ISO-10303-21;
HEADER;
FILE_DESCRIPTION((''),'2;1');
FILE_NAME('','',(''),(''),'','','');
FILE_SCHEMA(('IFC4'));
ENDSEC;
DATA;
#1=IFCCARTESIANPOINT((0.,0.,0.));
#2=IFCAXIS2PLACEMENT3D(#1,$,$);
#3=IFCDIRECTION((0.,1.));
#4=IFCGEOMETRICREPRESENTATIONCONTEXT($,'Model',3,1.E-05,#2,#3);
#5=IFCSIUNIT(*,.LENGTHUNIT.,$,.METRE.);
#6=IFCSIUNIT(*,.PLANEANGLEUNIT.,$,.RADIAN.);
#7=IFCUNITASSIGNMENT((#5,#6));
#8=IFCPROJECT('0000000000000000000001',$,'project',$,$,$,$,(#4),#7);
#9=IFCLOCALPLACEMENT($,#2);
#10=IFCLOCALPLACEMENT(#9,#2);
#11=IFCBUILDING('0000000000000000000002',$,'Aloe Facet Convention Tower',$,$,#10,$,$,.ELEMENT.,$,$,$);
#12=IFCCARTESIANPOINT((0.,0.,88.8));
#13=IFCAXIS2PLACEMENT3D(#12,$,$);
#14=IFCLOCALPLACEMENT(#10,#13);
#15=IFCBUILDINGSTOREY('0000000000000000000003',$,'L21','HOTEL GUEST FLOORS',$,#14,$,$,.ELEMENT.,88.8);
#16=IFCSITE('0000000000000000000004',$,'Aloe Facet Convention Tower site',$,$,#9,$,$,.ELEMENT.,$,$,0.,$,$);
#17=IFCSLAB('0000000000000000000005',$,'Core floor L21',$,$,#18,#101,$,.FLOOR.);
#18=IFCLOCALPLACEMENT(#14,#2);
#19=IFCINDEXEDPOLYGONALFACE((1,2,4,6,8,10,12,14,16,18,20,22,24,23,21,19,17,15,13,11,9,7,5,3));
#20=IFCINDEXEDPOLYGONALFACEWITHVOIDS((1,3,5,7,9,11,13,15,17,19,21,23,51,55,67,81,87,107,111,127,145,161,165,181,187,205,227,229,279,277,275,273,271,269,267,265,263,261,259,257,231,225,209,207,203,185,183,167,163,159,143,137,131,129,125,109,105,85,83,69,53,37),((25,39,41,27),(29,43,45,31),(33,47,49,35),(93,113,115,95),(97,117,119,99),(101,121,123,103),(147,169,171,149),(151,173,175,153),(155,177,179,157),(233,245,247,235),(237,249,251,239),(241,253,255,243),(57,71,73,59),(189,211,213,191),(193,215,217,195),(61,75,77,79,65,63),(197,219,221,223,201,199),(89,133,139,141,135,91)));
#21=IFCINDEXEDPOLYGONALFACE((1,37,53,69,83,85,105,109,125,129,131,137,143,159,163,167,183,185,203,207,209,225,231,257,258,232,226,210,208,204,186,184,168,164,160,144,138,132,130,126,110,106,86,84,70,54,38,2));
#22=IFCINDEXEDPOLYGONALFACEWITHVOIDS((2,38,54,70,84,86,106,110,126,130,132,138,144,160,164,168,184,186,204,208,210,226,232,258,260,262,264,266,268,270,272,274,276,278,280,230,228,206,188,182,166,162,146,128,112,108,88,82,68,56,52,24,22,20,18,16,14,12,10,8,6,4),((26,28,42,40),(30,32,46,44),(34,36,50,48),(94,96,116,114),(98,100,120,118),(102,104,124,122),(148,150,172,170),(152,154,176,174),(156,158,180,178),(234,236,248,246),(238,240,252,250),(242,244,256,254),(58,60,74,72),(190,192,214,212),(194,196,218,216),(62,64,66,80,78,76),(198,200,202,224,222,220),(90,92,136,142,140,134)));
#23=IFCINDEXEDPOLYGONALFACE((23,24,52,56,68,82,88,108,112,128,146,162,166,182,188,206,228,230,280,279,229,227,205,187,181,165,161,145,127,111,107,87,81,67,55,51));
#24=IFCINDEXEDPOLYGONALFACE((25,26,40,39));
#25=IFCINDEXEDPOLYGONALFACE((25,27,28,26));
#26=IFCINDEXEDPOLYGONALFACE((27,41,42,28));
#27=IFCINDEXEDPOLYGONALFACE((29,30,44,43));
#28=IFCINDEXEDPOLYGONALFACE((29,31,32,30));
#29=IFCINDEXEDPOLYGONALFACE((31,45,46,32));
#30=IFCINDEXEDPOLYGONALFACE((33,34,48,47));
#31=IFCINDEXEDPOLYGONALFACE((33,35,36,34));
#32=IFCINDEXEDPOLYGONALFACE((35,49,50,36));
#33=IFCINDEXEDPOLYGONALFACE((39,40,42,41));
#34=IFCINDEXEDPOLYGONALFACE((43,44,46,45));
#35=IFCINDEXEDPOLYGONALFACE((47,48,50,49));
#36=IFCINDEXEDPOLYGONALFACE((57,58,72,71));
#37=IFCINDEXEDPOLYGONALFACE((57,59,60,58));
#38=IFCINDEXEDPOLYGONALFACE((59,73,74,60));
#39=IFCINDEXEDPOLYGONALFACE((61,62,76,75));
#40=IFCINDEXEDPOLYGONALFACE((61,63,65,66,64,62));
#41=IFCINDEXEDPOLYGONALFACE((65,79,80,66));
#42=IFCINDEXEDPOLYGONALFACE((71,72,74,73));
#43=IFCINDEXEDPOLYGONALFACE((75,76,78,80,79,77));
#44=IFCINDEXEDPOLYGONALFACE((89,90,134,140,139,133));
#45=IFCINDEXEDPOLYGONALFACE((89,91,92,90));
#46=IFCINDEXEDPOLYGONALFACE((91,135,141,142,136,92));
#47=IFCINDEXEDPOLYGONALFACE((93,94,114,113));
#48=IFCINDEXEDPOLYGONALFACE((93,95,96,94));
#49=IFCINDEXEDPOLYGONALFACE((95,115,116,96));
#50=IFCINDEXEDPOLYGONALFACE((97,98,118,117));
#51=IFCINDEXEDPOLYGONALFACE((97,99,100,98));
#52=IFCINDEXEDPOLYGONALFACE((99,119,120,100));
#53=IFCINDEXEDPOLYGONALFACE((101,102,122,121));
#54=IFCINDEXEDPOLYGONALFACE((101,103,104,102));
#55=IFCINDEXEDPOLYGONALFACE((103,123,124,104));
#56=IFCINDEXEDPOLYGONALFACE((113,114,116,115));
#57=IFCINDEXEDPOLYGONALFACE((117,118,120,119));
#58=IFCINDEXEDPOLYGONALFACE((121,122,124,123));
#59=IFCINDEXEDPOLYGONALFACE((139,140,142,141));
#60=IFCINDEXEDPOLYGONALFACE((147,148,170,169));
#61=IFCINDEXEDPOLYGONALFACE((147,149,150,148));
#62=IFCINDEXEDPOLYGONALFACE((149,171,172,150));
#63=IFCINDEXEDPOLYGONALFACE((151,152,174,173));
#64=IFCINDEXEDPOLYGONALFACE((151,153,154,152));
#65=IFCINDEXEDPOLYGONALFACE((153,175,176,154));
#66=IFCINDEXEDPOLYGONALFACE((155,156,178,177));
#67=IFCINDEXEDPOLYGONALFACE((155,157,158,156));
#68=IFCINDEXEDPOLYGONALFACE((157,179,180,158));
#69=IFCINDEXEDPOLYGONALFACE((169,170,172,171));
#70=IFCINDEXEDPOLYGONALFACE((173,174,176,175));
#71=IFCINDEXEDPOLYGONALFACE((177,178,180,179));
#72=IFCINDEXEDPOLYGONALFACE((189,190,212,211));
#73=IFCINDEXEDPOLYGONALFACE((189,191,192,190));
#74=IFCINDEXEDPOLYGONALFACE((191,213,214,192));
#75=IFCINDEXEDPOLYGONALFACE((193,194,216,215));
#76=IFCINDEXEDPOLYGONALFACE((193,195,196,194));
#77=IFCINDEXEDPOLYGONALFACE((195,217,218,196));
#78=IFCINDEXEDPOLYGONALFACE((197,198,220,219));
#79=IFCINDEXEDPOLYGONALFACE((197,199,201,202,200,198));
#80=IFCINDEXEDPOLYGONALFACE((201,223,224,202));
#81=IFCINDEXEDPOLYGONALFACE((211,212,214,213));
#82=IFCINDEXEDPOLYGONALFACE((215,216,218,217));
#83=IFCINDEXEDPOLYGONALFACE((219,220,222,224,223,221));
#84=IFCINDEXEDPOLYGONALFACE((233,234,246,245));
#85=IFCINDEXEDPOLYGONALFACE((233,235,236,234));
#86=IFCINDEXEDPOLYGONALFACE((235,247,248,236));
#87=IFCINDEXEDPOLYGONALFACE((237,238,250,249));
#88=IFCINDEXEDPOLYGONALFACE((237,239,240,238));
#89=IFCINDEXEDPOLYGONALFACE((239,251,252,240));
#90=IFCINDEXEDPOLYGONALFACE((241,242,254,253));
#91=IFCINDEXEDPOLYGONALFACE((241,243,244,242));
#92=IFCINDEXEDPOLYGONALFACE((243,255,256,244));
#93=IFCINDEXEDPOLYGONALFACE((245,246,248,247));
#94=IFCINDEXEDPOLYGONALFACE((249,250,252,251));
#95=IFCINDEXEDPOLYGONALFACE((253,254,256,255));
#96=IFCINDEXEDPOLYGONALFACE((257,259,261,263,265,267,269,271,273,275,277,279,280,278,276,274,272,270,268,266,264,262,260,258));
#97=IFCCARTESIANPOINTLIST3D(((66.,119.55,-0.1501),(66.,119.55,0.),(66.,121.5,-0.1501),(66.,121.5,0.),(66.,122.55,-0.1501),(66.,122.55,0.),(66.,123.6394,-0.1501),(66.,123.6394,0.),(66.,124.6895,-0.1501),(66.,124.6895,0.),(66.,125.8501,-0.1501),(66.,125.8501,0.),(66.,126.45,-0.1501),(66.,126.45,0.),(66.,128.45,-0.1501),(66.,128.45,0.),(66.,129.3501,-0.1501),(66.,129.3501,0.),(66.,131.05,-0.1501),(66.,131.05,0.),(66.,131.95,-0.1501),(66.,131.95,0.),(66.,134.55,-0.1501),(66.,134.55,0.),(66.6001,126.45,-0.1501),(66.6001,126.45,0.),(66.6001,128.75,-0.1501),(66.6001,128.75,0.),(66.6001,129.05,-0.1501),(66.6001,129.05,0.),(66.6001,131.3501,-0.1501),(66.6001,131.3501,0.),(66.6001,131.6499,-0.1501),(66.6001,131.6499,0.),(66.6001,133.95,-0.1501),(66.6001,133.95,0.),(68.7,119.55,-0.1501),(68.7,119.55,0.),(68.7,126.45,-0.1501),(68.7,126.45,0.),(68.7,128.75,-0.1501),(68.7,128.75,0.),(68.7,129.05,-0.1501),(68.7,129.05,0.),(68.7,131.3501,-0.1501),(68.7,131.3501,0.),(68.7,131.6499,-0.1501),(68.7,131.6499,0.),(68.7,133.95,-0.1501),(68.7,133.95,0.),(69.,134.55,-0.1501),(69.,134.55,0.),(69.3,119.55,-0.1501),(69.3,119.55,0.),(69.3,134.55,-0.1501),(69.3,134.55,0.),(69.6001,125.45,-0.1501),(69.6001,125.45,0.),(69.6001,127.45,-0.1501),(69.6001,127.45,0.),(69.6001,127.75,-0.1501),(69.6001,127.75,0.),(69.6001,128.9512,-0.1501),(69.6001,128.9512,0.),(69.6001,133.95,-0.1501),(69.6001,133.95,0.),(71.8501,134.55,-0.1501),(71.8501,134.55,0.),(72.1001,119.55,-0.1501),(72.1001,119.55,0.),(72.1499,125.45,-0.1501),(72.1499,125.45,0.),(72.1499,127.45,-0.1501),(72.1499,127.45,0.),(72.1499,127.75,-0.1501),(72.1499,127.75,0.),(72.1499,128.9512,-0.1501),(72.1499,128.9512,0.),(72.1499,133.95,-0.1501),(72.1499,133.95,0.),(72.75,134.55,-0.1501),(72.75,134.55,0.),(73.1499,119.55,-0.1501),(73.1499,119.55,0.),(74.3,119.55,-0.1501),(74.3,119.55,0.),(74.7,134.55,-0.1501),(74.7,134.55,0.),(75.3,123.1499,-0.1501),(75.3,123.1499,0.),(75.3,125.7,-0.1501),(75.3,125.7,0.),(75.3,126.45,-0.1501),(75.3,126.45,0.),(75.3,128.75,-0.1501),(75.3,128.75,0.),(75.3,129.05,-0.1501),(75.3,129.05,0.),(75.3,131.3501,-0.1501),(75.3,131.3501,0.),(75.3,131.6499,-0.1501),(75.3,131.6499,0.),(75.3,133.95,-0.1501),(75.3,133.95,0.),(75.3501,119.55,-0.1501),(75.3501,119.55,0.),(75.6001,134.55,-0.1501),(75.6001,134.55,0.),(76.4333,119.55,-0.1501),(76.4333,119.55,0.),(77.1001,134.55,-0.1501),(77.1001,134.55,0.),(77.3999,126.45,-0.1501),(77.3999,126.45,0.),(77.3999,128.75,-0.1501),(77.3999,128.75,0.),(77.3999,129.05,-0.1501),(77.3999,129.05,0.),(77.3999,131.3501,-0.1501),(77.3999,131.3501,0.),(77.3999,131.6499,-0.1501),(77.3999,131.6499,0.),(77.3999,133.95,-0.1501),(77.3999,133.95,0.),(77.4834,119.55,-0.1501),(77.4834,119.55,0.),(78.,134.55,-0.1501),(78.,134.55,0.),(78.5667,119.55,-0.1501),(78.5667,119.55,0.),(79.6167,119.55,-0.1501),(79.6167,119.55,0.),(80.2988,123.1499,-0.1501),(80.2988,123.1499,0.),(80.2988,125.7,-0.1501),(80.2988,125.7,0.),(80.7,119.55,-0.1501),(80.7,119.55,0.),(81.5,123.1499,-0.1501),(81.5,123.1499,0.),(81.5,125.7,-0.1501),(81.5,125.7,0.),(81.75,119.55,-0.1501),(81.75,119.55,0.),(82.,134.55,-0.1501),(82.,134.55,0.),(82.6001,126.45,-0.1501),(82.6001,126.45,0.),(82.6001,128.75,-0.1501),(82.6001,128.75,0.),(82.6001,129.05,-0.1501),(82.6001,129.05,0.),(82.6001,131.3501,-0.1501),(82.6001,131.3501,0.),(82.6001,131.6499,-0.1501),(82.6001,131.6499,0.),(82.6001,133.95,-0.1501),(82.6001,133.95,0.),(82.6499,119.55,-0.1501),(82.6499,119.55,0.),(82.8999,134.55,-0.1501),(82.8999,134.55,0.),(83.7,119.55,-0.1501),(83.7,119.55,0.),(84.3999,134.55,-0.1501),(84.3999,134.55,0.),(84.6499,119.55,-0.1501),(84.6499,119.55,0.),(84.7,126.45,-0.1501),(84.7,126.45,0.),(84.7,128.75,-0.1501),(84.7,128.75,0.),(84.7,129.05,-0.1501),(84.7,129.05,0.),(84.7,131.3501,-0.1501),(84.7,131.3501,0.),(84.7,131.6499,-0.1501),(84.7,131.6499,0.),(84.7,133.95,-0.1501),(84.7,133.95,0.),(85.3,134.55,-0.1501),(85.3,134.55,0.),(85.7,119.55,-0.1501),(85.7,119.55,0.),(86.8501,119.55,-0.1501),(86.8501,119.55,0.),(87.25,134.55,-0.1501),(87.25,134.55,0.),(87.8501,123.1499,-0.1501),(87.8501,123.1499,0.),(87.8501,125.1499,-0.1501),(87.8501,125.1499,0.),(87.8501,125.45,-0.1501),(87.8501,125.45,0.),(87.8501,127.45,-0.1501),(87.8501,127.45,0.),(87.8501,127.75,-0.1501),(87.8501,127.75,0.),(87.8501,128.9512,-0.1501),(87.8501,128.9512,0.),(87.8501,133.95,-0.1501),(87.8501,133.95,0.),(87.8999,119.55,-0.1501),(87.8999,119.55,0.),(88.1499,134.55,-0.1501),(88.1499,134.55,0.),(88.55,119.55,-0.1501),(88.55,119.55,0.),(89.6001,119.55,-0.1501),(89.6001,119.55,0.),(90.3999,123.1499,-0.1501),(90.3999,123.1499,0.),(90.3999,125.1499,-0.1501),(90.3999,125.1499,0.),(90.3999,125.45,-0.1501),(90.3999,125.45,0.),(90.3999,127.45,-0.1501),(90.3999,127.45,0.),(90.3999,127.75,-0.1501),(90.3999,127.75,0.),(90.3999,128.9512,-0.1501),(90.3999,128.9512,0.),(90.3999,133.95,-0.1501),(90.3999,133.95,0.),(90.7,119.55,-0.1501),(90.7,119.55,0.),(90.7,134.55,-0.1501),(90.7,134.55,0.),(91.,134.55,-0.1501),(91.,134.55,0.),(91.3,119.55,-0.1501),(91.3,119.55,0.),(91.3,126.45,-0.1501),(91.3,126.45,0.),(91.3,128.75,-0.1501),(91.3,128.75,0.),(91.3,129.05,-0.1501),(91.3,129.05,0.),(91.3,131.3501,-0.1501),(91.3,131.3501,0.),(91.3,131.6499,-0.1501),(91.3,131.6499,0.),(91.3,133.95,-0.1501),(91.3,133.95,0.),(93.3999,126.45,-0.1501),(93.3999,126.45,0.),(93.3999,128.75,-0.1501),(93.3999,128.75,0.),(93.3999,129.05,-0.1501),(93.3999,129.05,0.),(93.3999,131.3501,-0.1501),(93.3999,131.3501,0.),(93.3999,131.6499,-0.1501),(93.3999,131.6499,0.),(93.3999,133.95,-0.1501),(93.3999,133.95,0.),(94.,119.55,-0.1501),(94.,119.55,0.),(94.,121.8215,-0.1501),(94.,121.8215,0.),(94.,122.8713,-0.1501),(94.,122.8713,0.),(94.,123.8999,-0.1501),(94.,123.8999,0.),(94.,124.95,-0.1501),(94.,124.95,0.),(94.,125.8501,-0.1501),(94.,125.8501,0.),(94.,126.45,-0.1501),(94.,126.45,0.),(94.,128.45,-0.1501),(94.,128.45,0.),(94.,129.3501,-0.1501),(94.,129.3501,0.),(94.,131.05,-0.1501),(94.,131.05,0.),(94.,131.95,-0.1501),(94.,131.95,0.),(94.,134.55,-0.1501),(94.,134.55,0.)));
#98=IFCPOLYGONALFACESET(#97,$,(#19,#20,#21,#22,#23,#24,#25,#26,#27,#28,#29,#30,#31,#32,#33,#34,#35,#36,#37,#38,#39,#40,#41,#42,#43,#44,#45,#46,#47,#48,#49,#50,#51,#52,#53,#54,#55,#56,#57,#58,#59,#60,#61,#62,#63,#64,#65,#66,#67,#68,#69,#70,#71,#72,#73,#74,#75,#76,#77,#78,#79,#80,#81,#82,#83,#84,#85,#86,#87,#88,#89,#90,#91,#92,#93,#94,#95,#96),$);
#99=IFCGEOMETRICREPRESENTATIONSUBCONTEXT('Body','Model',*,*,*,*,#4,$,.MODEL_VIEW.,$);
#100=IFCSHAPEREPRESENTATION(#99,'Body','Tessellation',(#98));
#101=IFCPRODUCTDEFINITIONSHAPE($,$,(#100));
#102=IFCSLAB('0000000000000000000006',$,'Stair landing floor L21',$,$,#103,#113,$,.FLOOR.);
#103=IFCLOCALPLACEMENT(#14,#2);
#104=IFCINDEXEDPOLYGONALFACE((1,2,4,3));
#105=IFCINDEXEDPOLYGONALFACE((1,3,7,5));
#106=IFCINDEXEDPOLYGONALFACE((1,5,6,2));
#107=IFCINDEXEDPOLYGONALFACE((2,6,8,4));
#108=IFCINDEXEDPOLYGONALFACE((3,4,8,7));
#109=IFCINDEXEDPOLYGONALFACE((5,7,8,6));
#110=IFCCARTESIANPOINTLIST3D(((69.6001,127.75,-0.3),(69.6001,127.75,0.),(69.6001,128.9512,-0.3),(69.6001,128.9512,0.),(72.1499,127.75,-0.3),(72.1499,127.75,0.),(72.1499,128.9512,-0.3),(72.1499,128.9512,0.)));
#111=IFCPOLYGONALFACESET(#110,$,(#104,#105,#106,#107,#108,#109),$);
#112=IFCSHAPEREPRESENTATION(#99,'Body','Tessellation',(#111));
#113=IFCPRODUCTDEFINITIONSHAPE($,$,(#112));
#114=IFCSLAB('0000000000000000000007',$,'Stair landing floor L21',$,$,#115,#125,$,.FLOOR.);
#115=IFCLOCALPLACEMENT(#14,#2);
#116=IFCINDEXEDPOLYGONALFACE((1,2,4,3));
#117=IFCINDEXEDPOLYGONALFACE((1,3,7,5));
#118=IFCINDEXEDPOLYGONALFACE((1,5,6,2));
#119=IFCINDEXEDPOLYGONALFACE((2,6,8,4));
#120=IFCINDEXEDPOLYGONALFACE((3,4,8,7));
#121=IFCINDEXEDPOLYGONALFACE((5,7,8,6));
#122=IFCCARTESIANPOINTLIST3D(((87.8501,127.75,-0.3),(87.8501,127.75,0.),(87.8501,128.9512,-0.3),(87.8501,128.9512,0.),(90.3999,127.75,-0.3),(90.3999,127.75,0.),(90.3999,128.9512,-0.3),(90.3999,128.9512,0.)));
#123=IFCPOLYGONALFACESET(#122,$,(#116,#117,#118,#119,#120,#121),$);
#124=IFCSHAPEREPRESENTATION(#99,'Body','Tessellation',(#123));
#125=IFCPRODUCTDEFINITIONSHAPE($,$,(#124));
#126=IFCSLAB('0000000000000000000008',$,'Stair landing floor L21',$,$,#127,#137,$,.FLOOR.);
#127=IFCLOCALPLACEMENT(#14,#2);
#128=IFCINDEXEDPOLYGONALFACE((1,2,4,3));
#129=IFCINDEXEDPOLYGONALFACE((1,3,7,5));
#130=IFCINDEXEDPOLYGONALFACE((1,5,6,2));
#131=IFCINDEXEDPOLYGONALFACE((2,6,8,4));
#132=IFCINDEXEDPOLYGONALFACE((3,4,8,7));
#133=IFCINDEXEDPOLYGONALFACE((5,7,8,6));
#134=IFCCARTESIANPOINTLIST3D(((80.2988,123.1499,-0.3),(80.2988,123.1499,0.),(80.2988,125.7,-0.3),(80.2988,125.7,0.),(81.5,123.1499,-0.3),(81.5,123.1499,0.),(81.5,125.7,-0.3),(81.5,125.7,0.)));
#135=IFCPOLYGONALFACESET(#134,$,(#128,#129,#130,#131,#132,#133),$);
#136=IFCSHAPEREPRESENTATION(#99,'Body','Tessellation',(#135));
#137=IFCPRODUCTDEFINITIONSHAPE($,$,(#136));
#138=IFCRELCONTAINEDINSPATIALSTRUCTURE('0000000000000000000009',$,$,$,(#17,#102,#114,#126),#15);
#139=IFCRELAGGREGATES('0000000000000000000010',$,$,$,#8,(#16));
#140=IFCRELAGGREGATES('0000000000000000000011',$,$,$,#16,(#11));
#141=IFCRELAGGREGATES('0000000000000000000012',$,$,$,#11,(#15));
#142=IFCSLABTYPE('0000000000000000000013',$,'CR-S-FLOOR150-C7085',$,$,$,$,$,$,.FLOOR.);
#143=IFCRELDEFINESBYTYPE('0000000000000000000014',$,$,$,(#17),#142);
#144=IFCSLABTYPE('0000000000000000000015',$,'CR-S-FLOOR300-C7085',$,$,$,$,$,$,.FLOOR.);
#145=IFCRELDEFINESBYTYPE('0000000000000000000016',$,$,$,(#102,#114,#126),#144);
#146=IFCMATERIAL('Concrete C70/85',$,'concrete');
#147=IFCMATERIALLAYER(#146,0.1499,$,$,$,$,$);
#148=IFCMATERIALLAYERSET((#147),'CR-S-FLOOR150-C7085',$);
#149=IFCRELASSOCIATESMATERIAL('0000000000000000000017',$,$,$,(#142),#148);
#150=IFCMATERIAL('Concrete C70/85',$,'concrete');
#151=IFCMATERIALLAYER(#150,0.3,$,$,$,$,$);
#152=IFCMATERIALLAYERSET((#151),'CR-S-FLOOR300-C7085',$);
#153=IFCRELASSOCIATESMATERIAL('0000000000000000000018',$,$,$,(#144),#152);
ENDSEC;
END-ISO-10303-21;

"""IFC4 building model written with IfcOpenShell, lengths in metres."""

from ifc_helpers import new_model, si_unit, direction, frame, origin, place, context, subcontext, project, spatial, polyline, outline, extrude, material, layer, layer_set, type_object, element, save


model = new_model("IFC4")

# Units and contexts
model_context = context("Model", 3, precision=1e-05, world=origin(), true_north=direction((0.0, 1.0)))
body_context = subcontext(model_context, "Body", "Model", "MODEL_VIEW")
ifc_project = project(units=[si_unit("LENGTHUNIT", "METRE"), si_unit("PLANEANGLEUNIT", "RADIAN")], contexts=[model_context])

# Site, building, storey
site_placement = place(None, origin())
site = spatial("IfcSite", under=ifc_project, at=site_placement, Name="Aloe Facet Convention Tower site", CompositionType="ELEMENT", RefElevation=0.0)
building_placement = place(site_placement, origin())
building = spatial("IfcBuilding", under=site, at=building_placement, Name="Aloe Facet Convention Tower", CompositionType="ELEMENT")
storey_placement = place(building_placement, frame((0.0, 0.0, 88.8)))
storey = spatial("IfcBuildingStorey", under=building, at=storey_placement, Name="L21", Description="HOTEL GUEST FLOORS", CompositionType="ELEMENT", Elevation=88.8)

# Slabs
ifc_material_1 = material(Name="Concrete C70/85", Category="concrete")
ifc_layer_1 = layer(ifc_material_1, 0.1499)
ifc_layer_set_1 = layer_set([ifc_layer_1], Name="CR-S-FLOOR150-C7085")
slab_type_1 = type_object("IfcSlabType", Name="CR-S-FLOOR150-C7085", PredefinedType="FLOOR", material=ifc_layer_set_1)
slab_1_placement = place(storey_placement, frame((0.0, 0.0, -0.1501)))
element("IfcSlab", 1, at=slab_1_placement, inside=storey, type_object=slab_type_1, Name="Core floor L21", PredefinedType="FLOOR", context=body_context, shape_type="SweptSolid", body=[
    extrude(outline(polyline([(69.3, 134.55), (71.8501, 134.55), (72.75, 134.55), (74.7, 134.55), (75.6001, 134.55), (77.1001, 134.55), (78.0, 134.55), (82.0, 134.55), (82.8999, 134.55), (84.3999, 134.55), (85.3, 134.55), (87.25, 134.55), (88.1499, 134.55), (90.7, 134.55), (91.0, 134.55), (94.0, 134.55), (94.0, 131.95), (94.0, 131.05), (94.0, 129.3501), (94.0, 128.45), (94.0, 126.45), (94.0, 125.8501), (94.0, 124.95), (94.0, 123.8999), (94.0, 122.8713), (94.0, 121.8215), (94.0, 119.55), (91.3, 119.55), (90.7, 119.55), (89.6001, 119.55), (88.55, 119.55), (87.8999, 119.55), (86.8501, 119.55), (85.7, 119.55), (84.6499, 119.55), (83.7, 119.55), (82.6499, 119.55), (81.75, 119.55), (80.7, 119.55), (79.6167, 119.55), (78.5667, 119.55), (77.4834, 119.55), (76.4333, 119.55), (75.3501, 119.55), (74.3, 119.55), (73.1499, 119.55), (72.1001, 119.55), (69.3, 119.55), (68.7, 119.55), (66.0, 119.55), (66.0, 121.5), (66.0, 122.55), (66.0, 123.6394), (66.0, 124.6895), (66.0, 125.8501), (66.0, 126.45), (66.0, 128.45), (66.0, 129.3501), (66.0, 131.05), (66.0, 131.95), (66.0, 134.55), (69.0, 134.55), (69.3, 134.55)]), holes=[polyline([(75.3, 123.1499), (80.2988, 123.1499), (81.5, 123.1499), (81.5, 125.7), (80.2988, 125.7), (75.3, 125.7), (75.3, 123.1499)]), polyline([(69.6001, 125.45), (72.1499, 125.45), (72.1499, 127.45), (69.6001, 127.45), (69.6001, 125.45)]), polyline([(66.6001, 126.45), (68.7, 126.45), (68.7, 128.75), (66.6001, 128.75), (66.6001, 126.45)]), polyline([(75.3, 126.45), (77.3999, 126.45), (77.3999, 128.75), (75.3, 128.75), (75.3, 126.45)]), polyline([(66.6001, 129.05), (68.7, 129.05), (68.7, 131.3501), (66.6001, 131.3501), (66.6001, 129.05)]), polyline([(75.3, 129.05), (77.3999, 129.05), (77.3999, 131.3501), (75.3, 131.3501), (75.3, 129.05)]), polyline([(69.6001, 133.95), (69.6001, 128.9512), (69.6001, 127.75), (72.1499, 127.75), (72.1499, 128.9512), (72.1499, 133.95), (69.6001, 133.95)]), polyline([(66.6001, 133.95), (66.6001, 131.6499), (68.7, 131.6499), (68.7, 133.95), (66.6001, 133.95)]), polyline([(75.3, 133.95), (75.3, 131.6499), (77.3999, 131.6499), (77.3999, 133.95), (75.3, 133.95)]), polyline([(87.8501, 123.1499), (90.3999, 123.1499), (90.3999, 125.1499), (87.8501, 125.1499), (87.8501, 123.1499)]), polyline([(87.8501, 125.45), (90.3999, 125.45), (90.3999, 127.45), (87.8501, 127.45), (87.8501, 125.45)]), polyline([(82.6001, 126.45), (84.7, 126.45), (84.7, 128.75), (82.6001, 128.75), (82.6001, 126.45)]), polyline([(91.3, 126.45), (93.3999, 126.45), (93.3999, 128.75), (91.3, 128.75), (91.3, 126.45)]), polyline([(82.6001, 129.05), (84.7, 129.05), (84.7, 131.3501), (82.6001, 131.3501), (82.6001, 129.05)]), polyline([(91.3, 129.05), (93.3999, 129.05), (93.3999, 131.3501), (91.3, 131.3501), (91.3, 129.05)]), polyline([(87.8501, 133.95), (87.8501, 128.9512), (87.8501, 127.75), (90.3999, 127.75), (90.3999, 128.9512), (90.3999, 133.95), (87.8501, 133.95)]), polyline([(82.6001, 133.95), (82.6001, 131.6499), (84.7, 131.6499), (84.7, 133.95), (82.6001, 133.95)]), polyline([(91.3, 133.95), (91.3, 131.6499), (93.3999, 131.6499), (93.3999, 133.95), (91.3, 133.95)])]), origin(), (0.0, 0.0, 1.0), 0.1501),
])
ifc_material_2 = material(Name="Concrete C70/85", Category="concrete")
ifc_layer_2 = layer(ifc_material_2, 0.3)
ifc_layer_set_2 = layer_set([ifc_layer_2], Name="CR-S-FLOOR300-C7085")
slab_type_2 = type_object("IfcSlabType", Name="CR-S-FLOOR300-C7085", PredefinedType="FLOOR", material=ifc_layer_set_2)
slab_2_placement = place(storey_placement, frame((0.0, 0.0, -0.3)))
element("IfcSlab", 2, at=slab_2_placement, inside=storey, type_object=slab_type_2, Name="Stair landing floor L21", PredefinedType="FLOOR", context=body_context, shape_type="SweptSolid", body=[
    extrude(outline(polyline([(72.1499, 127.75), (72.1499, 128.9512), (69.6001, 128.9512), (69.6001, 127.75), (72.1499, 127.75)])), origin(), (0.0, 0.0, 1.0), 0.3),
])
slab_3_placement = place(storey_placement, frame((0.0, 0.0, -0.3)))
element("IfcSlab", 3, at=slab_3_placement, inside=storey, type_object=slab_type_2, Name="Stair landing floor L21", PredefinedType="FLOOR", context=body_context, shape_type="SweptSolid", body=[
    extrude(outline(polyline([(90.3999, 127.75), (90.3999, 128.9512), (87.8501, 128.9512), (87.8501, 127.75), (90.3999, 127.75)])), origin(), (0.0, 0.0, 1.0), 0.3),
])
slab_4_placement = place(storey_placement, frame((0.0, 0.0, -0.3)))
element("IfcSlab", 4, at=slab_4_placement, inside=storey, type_object=slab_type_2, Name="Stair landing floor L21", PredefinedType="FLOOR", context=body_context, shape_type="SweptSolid", body=[
    extrude(outline(polyline([(81.5, 125.7), (80.2988, 125.7), (80.2988, 123.1499), (81.5, 123.1499), (81.5, 125.7)])), origin(), (0.0, 0.0, 1.0), 0.3),
])

save(model, "model.ifc")
